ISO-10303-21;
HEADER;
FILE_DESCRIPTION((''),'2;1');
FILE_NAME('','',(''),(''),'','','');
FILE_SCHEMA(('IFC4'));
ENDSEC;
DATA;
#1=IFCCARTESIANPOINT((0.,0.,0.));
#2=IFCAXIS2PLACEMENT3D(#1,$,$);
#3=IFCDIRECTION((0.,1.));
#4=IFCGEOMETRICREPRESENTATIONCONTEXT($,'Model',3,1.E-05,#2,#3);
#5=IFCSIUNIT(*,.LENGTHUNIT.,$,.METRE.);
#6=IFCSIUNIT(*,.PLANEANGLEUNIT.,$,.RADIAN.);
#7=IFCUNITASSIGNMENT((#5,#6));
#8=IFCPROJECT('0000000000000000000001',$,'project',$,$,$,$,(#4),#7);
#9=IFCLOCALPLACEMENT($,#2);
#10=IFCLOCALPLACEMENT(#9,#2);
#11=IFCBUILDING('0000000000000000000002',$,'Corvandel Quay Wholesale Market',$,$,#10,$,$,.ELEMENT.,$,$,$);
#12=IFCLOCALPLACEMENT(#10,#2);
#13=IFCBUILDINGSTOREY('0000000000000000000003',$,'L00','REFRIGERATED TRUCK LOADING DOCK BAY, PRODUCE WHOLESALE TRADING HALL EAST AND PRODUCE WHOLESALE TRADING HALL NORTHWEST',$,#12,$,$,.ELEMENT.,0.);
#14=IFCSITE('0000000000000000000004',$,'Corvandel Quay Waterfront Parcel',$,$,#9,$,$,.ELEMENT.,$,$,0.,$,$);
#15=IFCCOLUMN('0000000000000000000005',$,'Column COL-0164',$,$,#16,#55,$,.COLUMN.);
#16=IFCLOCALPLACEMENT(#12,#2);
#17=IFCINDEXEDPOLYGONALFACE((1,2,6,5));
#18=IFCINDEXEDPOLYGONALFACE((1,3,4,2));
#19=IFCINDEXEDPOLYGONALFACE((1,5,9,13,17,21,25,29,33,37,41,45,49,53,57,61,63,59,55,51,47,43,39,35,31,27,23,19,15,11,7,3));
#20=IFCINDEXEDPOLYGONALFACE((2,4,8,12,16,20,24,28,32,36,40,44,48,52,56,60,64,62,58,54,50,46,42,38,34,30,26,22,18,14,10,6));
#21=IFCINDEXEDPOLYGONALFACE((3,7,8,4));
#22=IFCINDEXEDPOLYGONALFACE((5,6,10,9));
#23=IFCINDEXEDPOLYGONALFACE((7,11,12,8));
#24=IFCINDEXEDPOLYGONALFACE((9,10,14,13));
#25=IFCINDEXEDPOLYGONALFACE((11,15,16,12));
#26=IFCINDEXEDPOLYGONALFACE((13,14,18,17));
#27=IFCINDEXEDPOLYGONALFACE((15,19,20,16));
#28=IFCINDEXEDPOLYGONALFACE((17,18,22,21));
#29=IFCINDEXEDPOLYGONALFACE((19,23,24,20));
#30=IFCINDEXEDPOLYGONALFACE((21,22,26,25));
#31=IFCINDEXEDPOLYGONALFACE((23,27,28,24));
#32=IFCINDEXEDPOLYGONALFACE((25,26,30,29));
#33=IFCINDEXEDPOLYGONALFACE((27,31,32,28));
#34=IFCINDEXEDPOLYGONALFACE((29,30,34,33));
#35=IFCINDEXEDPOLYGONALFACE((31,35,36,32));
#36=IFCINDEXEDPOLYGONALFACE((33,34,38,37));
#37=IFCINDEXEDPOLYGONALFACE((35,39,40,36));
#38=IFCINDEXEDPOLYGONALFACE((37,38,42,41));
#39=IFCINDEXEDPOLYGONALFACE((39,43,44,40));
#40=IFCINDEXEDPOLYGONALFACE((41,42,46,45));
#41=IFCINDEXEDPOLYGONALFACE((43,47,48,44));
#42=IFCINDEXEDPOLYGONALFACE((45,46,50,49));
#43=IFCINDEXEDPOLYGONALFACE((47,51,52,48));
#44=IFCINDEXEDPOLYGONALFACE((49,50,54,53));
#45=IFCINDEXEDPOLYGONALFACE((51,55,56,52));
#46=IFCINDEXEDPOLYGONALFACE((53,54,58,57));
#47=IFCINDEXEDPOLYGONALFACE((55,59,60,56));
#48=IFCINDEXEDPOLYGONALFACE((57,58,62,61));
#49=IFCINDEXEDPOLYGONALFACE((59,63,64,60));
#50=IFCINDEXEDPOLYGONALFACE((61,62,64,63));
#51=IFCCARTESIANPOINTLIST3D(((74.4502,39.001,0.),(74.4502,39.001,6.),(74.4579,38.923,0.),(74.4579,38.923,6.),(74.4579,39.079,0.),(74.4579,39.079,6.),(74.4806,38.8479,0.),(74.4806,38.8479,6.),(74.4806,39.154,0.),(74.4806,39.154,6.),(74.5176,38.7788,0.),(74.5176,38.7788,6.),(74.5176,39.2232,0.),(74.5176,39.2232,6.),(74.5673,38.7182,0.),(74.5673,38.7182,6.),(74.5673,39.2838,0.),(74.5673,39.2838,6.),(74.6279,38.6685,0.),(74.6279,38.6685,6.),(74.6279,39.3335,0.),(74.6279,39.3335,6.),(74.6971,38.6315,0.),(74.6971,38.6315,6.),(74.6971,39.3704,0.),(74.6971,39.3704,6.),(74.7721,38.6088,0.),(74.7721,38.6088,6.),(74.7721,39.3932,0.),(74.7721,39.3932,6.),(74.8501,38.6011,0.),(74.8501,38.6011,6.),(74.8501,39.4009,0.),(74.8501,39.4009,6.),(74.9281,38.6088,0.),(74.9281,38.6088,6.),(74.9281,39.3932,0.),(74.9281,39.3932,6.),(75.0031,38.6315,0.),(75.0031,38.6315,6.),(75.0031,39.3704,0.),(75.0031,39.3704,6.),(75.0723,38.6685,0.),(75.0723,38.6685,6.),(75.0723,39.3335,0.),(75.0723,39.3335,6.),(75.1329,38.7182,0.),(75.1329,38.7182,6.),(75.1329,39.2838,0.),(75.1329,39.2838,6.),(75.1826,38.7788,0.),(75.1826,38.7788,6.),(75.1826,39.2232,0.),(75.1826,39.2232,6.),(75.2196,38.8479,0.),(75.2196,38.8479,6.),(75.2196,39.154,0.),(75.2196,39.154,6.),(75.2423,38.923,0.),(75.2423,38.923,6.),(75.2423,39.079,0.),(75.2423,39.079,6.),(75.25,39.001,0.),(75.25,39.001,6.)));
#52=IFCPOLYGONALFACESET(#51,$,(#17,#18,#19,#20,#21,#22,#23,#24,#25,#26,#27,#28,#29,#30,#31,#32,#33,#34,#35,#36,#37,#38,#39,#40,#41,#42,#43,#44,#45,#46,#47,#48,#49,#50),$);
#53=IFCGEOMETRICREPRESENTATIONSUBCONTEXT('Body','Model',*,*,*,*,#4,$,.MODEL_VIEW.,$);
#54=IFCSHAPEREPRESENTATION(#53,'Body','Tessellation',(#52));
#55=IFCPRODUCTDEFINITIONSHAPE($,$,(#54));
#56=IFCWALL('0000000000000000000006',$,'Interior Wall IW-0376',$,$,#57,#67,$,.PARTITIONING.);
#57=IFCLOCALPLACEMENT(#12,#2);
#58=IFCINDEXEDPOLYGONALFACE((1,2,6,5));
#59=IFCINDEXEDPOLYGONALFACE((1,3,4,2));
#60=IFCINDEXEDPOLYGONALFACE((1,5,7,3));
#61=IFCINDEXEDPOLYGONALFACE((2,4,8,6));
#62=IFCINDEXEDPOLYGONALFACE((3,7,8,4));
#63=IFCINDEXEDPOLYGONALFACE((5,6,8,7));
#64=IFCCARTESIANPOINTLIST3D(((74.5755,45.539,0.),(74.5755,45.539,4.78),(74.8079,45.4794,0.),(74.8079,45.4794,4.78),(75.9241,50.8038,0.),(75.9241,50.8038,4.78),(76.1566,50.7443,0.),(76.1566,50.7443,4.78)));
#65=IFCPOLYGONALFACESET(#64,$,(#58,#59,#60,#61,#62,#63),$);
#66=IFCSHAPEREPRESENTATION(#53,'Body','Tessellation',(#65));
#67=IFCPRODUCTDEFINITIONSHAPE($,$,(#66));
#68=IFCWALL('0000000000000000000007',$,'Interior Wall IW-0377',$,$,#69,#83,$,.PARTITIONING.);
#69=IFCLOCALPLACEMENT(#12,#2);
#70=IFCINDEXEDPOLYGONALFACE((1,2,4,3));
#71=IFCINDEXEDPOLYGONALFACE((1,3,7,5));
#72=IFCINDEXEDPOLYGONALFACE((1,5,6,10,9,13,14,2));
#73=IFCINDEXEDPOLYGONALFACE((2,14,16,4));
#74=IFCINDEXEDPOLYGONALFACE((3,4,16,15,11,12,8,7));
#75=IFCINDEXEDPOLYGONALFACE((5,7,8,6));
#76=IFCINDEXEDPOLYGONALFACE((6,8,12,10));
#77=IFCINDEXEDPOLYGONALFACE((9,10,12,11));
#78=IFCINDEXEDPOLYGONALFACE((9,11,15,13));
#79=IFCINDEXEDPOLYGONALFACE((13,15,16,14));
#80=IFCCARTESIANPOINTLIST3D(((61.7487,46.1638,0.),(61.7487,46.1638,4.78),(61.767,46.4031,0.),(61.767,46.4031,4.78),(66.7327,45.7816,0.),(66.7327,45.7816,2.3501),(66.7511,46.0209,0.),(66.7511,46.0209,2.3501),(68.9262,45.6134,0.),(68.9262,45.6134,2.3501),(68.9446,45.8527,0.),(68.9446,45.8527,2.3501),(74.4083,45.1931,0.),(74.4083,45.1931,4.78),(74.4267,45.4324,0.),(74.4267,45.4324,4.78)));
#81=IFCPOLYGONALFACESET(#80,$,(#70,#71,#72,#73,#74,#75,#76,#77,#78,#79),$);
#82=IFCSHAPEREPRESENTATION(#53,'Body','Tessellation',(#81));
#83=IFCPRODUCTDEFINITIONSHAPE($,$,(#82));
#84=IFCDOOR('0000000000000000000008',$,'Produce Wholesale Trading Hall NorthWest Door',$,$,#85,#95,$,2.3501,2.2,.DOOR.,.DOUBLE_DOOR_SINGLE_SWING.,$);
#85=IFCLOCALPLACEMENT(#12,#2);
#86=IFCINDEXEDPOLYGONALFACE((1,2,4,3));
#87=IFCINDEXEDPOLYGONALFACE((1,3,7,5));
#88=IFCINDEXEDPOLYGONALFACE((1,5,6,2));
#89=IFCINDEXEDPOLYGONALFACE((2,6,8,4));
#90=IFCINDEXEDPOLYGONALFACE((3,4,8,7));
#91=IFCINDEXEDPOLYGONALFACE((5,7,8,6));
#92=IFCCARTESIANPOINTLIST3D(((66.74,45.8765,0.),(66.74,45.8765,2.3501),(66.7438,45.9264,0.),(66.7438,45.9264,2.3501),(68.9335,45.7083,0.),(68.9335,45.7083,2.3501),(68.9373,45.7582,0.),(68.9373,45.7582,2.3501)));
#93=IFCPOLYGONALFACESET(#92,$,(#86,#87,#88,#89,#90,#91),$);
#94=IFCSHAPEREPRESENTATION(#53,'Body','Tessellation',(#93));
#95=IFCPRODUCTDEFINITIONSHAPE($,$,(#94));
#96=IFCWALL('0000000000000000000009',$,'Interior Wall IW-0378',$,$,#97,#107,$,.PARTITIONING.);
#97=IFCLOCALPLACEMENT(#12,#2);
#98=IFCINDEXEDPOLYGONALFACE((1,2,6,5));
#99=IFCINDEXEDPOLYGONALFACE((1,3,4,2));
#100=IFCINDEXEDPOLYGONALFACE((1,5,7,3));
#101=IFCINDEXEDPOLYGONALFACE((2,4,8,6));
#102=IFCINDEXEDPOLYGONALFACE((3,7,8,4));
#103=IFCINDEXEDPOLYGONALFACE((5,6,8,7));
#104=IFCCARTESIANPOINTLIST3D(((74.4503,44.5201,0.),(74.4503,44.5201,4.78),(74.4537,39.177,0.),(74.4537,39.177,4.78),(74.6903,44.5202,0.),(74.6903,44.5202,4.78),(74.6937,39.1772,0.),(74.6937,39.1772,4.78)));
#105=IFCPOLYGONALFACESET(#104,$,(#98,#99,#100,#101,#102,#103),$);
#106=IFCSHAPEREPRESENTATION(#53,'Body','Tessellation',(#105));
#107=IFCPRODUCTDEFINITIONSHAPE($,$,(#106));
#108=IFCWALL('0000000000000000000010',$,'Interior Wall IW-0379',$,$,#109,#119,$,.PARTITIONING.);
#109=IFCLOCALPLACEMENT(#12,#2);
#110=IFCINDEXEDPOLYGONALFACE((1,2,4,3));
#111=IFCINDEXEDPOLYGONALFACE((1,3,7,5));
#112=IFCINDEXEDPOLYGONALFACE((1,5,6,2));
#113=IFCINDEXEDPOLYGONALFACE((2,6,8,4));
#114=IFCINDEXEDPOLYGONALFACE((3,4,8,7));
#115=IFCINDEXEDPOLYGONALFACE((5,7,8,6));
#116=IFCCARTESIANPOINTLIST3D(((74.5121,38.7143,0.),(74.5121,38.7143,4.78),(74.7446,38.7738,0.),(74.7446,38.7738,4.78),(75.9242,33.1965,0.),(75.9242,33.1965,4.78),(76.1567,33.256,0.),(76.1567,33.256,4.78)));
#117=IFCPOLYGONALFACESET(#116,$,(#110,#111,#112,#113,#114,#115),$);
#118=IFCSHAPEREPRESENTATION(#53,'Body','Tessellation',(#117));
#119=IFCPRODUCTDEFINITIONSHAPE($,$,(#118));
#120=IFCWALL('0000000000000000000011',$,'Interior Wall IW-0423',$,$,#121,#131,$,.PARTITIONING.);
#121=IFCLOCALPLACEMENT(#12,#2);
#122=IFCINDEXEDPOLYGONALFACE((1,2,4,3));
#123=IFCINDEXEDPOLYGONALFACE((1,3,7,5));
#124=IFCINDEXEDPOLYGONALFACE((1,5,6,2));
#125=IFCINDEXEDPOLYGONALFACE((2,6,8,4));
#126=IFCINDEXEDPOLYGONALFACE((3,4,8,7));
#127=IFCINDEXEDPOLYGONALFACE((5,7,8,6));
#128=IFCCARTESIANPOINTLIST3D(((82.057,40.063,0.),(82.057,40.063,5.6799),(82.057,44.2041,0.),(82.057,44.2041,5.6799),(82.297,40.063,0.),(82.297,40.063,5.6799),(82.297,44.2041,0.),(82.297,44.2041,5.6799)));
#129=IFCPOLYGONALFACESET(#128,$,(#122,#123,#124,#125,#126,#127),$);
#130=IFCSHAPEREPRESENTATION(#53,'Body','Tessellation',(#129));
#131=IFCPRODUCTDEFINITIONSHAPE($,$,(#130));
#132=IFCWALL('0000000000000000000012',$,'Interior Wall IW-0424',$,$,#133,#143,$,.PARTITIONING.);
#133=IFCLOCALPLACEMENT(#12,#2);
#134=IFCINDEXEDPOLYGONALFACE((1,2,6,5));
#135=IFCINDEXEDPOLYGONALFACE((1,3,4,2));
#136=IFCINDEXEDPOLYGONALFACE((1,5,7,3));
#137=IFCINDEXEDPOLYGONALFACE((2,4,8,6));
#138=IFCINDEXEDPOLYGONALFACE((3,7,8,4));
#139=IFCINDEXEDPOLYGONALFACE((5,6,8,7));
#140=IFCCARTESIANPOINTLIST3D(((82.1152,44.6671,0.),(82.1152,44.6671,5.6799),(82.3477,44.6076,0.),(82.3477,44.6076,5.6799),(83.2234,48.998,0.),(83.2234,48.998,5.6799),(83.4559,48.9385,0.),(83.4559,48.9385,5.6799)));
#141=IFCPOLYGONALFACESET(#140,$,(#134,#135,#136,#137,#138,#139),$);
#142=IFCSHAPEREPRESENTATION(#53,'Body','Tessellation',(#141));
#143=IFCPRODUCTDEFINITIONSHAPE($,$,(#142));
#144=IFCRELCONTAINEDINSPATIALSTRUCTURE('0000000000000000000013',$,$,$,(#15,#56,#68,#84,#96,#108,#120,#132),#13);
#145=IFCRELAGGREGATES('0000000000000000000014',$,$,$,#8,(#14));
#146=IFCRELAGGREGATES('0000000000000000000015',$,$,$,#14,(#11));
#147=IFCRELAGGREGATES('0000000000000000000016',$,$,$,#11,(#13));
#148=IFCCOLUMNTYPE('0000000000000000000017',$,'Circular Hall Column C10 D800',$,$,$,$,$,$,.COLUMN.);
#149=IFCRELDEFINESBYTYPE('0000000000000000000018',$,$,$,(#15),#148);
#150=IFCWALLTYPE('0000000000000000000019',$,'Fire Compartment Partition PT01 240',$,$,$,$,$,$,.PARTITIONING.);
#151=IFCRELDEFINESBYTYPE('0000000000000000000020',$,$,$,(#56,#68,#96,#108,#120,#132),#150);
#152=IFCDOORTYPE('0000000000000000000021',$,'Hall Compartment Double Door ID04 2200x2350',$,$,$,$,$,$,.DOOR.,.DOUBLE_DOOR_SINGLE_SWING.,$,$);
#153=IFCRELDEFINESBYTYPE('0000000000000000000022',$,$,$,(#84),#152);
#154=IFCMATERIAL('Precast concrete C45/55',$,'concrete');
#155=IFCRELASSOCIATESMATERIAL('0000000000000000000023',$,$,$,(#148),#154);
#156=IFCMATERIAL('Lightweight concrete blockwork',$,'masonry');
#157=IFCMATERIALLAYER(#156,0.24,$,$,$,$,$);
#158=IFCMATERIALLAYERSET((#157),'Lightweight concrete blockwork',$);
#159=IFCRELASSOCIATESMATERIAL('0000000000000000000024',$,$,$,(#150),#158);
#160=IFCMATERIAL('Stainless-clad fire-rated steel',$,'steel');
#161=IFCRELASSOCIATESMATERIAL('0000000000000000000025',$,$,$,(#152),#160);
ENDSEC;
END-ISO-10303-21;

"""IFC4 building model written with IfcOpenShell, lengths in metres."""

from ifc_helpers import new_model, si_unit, direction, frame, frame_2d, origin, origin_2d, place, context, subcontext, project, spatial, rectangle, circle, extrude, material, layer, layer_set, material_profile, profile_set, type_object, element, fill, save


model = new_model("IFC4")

# Units and contexts
model_context = context("Model", 3, precision=1e-05, world=origin(), true_north=direction((0.0, 1.0)))
body_context = subcontext(model_context, "Body", "Model", "MODEL_VIEW")
ifc_project = project(units=[si_unit("LENGTHUNIT", "METRE"), si_unit("PLANEANGLEUNIT", "RADIAN")], contexts=[model_context])

# Site, building, storey
site_placement = place(None, origin())
site = spatial("IfcSite", under=ifc_project, at=site_placement, Name="Corvandel Quay Waterfront Parcel", CompositionType="ELEMENT", RefElevation=0.0)
building_placement = place(site_placement, origin())
building = spatial("IfcBuilding", under=site, at=building_placement, Name="Corvandel Quay Wholesale Market", CompositionType="ELEMENT")
storey_placement = place(building_placement, origin())
storey = spatial("IfcBuildingStorey", under=building, at=storey_placement, Name="L00", Description="REFRIGERATED TRUCK LOADING DOCK BAY, PRODUCE WHOLESALE TRADING HALL EAST AND PRODUCE WHOLESALE TRADING HALL NORTHWEST", CompositionType="ELEMENT", Elevation=0.0)

# Column
ifc_material_1 = material(Name="Precast concrete C45/55", Category="concrete")
ifc_material_profile_1 = material_profile(ifc_material_1, circle(Radius=0.3999, at=origin_2d()), Name="PC-COL-D800")
ifc_profile_set_1 = profile_set([ifc_material_profile_1], Name="Precast concrete C45/55")
column_type = type_object("IfcColumnType", Name="Circular Hall Column C10 D800", PredefinedType="COLUMN", material=ifc_profile_set_1)
for number, where, z_axis, x_axis, name in (
    (1, (74.8501, 39.001, 0.0), (0.0, 0.0, 1.0), (1.0, 0.0, 0.0), "Column COL-0164"),
):
    element("IfcColumn", number, at=place(storey_placement, frame(where, z_axis=z_axis, x_axis=x_axis)), inside=storey, type_object=column_type, Name=name, PredefinedType="COLUMN", context=body_context, shape_type="SweptSolid", body=[
        extrude(circle(Radius=0.3999, at=origin_2d()), origin(), (0.0, 0.0, 1.0), 6.0),
    ])

# Wall
ifc_material_2 = material(Name="Lightweight concrete blockwork", Category="masonry")
ifc_layer_1 = layer(ifc_material_2, 0.24)
ifc_layer_set_1 = layer_set([ifc_layer_1], Name="Lightweight concrete blockwork")
wall_type = type_object("IfcWallType", Name="Fire Compartment Partition PT01 240", PredefinedType="PARTITIONING", material=ifc_layer_set_1)
wall_1_placement = place(storey_placement, frame((76.0403, 50.7739, 0.0), z_axis=(0.0, 0.0, 1.0), x_axis=(-0.248144, -0.968723, 0.0)))
element("IfcWall", 2, at=wall_1_placement, inside=storey, type_object=wall_type, Name="Interior Wall IW-0376", PredefinedType="PARTITIONING", context=body_context, shape_type="SweptSolid", body=[
    extrude(rectangle(XDim=5.4348, YDim=0.24, at=frame_2d((2.7173, 0.0))), origin(), (0.0, 0.0, 1.0), 4.78),
])

# Wall, opening, door
wall_2_placement = place(storey_placement, frame((74.4175, 45.3127, 0.0), z_axis=(0.0, 0.0, 1.0), x_axis=(-0.997073, 0.076452, 0.0)))
wall_2 = element("IfcWall", 3, at=wall_2_placement, inside=storey, type_object=wall_type, Name="Interior Wall IW-0377", PredefinedType="PARTITIONING", context=body_context, shape_type="SweptSolid", body=[
    extrude(rectangle(XDim=12.6968, YDim=0.24, at=frame_2d((6.3484, 0.0))), origin(), (0.0, 0.0, 1.0), 4.78),
])
opening_placement = place(wall_2_placement, frame((5.498, 0.0, 0.0)))
opening = element("IfcOpeningElement", 4, at=opening_placement, cuts=wall_2, PredefinedType="OPENING", context=body_context, shape_type="SweptSolid", body=[
    extrude(rectangle(XDim=2.2, YDim=2.3501, at=frame_2d((1.1001, 1.175))), frame((0.0, 0.1299, 0.0), z_axis=(0.0, -1.0, 0.0), x_axis=(1.0, 0.0, 0.0)), (0.0, 0.0, 1.0), 0.26),
])
ifc_material_3 = material(Name="Stainless-clad fire-rated steel", Category="steel")
door_type = type_object("IfcDoorType", Name="Hall Compartment Double Door ID04 2200x2350", OperationType="DOUBLE_DOOR_SINGLE_SWING", PredefinedType="DOOR", material=ifc_material_3)
door_placement = place(opening_placement, origin())
door = element("IfcDoor", 5, at=door_placement, inside=storey, type_object=door_type, Name="Produce Wholesale Trading Hall NorthWest Door", OperationType="DOUBLE_DOOR_SINGLE_SWING", OverallHeight=2.3501, OverallWidth=2.2, PredefinedType="DOOR", context=body_context, shape_type="SweptSolid", body=[
    extrude(rectangle(XDim=2.2, YDim=2.3501, at=frame_2d((1.1001, 1.175))), frame((0.0, 0.0249, 0.0), z_axis=(0.0, -1.0, 0.0), x_axis=(1.0, 0.0, 0.0)), (0.0, 0.0, 1.0), 0.05),
])
fill(opening, door)

# Walls
wall_3_placement = place(storey_placement, frame((74.5703, 44.52, 0.0), z_axis=(0.0, 0.0, 1.0), x_axis=(0.00064, -1.0, 0.0)))
element("IfcWall", 6, at=wall_3_placement, inside=storey, type_object=wall_type, Name="Interior Wall IW-0378", PredefinedType="PARTITIONING", context=body_context, shape_type="SweptSolid", body=[
    extrude(rectangle(XDim=5.343, YDim=0.24, at=frame_2d((2.6714, 0.0))), origin(), (0.0, 0.0, 1.0), 4.78),
])
wall_4_placement = place(storey_placement, frame((74.6284, 38.7439, 0.0), z_axis=(0.0, 0.0, 1.0), x_axis=(0.247928, -0.968779, 0.0)))
element("IfcWall", 7, at=wall_4_placement, inside=storey, type_object=wall_type, Name="Interior Wall IW-0379", PredefinedType="PARTITIONING", context=body_context, shape_type="SweptSolid", body=[
    extrude(rectangle(XDim=5.6956, YDim=0.24, at=frame_2d((2.8477, 0.0))), origin(), (0.0, 0.0, 1.0), 4.78),
])
wall_5_placement = place(storey_placement, frame((82.177, 40.063, 0.0), z_axis=(0.0, 0.0, 1.0), x_axis=(0.0, 1.0, 0.0)))
element("IfcWall", 8, at=wall_5_placement, inside=storey, type_object=wall_type, Name="Interior Wall IW-0423", PredefinedType="PARTITIONING", context=body_context, shape_type="SweptSolid", body=[
    extrude(rectangle(XDim=4.1411, YDim=0.24, at=frame_2d((2.0706, 0.0))), origin(), (0.0, 0.0, 1.0), 5.6799),
])
wall_6_placement = place(storey_placement, frame((82.2314, 44.6372, 0.0), z_axis=(0.0, 0.0, 1.0), x_axis=(0.24789, 0.968788, 0.0)))
element("IfcWall", 9, at=wall_6_placement, inside=storey, type_object=wall_type, Name="Interior Wall IW-0424", PredefinedType="PARTITIONING", context=body_context, shape_type="SweptSolid", body=[
    extrude(rectangle(XDim=4.4705, YDim=0.24, at=frame_2d((2.2354, 0.0))), origin(), (0.0, 0.0, 1.0), 5.6799),
])

save(model, "model.ifc")
